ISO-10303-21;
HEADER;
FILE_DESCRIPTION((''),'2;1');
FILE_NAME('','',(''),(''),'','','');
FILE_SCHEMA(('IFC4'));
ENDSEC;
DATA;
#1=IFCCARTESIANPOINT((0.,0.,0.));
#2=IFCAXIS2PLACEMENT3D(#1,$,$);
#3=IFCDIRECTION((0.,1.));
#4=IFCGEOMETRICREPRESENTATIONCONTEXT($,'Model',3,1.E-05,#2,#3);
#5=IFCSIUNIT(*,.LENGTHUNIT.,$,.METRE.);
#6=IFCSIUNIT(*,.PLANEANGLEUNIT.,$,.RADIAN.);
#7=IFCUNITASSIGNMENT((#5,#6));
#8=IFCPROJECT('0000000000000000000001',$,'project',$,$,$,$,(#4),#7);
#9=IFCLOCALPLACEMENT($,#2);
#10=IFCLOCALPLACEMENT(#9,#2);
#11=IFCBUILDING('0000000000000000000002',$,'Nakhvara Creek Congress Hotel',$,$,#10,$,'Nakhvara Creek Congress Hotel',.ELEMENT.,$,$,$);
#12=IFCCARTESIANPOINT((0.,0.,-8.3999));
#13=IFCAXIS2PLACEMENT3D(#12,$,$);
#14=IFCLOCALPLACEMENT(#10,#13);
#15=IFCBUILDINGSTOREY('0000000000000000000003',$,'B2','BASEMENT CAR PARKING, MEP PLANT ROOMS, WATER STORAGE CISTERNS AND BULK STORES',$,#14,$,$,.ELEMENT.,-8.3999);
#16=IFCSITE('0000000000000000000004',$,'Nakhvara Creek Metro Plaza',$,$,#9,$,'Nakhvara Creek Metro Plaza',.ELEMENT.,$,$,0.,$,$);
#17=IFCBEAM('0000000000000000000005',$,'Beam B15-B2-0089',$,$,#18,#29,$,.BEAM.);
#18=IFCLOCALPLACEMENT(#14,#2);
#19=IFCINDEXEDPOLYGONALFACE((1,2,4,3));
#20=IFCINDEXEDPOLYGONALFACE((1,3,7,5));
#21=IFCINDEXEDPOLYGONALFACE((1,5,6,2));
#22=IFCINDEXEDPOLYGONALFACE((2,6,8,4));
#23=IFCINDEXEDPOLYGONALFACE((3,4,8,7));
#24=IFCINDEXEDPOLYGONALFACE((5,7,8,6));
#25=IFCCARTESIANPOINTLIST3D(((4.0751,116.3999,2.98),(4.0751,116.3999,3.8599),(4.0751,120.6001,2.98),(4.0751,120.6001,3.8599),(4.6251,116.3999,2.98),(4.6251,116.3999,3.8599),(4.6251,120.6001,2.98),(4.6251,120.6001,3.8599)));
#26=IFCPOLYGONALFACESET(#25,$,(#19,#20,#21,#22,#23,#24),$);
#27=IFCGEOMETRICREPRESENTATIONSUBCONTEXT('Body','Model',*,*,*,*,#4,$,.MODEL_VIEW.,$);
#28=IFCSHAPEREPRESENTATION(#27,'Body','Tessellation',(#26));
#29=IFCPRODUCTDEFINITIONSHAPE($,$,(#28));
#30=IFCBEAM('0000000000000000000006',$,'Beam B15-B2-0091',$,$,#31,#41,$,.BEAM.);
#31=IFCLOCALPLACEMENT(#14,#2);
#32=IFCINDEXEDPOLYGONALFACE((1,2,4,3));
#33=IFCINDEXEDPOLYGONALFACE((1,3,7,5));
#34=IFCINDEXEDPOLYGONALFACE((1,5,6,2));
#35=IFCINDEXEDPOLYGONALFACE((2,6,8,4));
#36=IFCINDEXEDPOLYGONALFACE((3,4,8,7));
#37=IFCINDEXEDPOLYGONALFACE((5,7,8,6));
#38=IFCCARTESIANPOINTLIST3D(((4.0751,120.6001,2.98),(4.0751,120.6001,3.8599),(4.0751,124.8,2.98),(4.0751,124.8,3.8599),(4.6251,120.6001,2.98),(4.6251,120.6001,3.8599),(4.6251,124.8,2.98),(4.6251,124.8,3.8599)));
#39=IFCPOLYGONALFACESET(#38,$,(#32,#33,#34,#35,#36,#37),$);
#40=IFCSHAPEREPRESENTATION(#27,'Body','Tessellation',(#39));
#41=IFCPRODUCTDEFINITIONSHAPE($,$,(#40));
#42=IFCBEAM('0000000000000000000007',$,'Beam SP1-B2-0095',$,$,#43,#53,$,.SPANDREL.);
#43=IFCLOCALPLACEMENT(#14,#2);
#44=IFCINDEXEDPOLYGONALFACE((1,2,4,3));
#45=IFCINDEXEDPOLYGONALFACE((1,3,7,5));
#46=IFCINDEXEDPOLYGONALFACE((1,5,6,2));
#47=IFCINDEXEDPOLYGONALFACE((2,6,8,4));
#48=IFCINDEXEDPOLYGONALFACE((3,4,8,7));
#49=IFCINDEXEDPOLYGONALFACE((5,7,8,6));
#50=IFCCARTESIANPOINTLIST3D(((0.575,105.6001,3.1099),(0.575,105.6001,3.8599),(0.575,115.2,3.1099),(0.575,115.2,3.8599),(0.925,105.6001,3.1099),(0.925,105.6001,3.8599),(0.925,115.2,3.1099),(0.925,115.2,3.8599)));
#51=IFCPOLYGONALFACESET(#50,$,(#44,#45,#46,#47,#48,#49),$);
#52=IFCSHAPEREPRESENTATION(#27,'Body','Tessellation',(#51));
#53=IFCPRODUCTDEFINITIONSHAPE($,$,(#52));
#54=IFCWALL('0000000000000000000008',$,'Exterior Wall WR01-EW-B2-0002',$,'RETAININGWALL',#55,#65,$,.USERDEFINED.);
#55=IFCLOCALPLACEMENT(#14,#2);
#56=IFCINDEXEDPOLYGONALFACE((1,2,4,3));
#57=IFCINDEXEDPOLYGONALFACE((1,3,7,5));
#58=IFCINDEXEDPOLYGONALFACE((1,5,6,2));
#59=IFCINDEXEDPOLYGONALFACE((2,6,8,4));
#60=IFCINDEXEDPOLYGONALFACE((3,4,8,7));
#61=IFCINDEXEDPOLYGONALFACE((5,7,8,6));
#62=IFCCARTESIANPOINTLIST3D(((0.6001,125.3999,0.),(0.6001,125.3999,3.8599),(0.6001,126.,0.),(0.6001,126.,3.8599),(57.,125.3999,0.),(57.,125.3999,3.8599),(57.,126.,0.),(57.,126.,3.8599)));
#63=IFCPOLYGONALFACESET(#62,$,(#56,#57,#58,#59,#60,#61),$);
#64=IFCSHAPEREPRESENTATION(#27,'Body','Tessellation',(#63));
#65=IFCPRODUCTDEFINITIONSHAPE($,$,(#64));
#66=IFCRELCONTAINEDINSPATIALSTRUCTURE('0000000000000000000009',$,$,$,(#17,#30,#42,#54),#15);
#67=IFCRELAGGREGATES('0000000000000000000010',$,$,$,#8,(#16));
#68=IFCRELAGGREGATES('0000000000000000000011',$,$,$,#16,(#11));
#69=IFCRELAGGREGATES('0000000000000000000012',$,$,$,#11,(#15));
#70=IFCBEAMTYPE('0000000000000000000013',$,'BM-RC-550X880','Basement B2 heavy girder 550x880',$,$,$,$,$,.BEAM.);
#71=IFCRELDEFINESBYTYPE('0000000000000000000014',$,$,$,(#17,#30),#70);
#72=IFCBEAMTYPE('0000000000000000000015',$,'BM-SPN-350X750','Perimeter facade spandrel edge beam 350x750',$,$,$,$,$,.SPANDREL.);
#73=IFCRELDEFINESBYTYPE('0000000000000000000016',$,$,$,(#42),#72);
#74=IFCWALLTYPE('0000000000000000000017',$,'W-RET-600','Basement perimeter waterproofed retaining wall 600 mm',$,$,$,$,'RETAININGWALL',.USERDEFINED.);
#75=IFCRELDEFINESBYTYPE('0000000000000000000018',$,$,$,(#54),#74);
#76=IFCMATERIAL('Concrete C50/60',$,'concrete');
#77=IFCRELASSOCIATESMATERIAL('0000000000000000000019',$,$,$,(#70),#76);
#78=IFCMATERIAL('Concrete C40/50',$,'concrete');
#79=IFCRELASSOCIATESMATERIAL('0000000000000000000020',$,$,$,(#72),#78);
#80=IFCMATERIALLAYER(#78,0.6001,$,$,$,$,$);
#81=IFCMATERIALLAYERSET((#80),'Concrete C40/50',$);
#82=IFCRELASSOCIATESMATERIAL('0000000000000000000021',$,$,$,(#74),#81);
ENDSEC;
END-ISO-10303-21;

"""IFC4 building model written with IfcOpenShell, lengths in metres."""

from ifc_helpers import new_model, si_unit, direction, frame, frame_2d, origin, origin_2d, place, context, subcontext, project, spatial, rectangle, extrude, material, layer, layer_set, material_profile, profile_set, type_object, element, save


model = new_model("IFC4")

# Units and contexts
model_context = context("Model", 3, precision=1e-05, world=origin(), true_north=direction((0.0, 1.0)))
body_context = subcontext(model_context, "Body", "Model", "MODEL_VIEW")
ifc_project = project(units=[si_unit("LENGTHUNIT", "METRE"), si_unit("PLANEANGLEUNIT", "RADIAN")], contexts=[model_context])

# Site, building, storey
site_placement = place(None, origin())
site = spatial("IfcSite", under=ifc_project, at=site_placement, Name="Nakhvara Creek Metro Plaza", LongName="Nakhvara Creek Metro Plaza", CompositionType="ELEMENT", RefElevation=0.0)
building_placement = place(site_placement, origin())
building = spatial("IfcBuilding", under=site, at=building_placement, Name="Nakhvara Creek Congress Hotel", LongName="Nakhvara Creek Congress Hotel", CompositionType="ELEMENT")
storey_placement = place(building_placement, frame((0.0, 0.0, -8.3999)))
storey = spatial("IfcBuildingStorey", under=building, at=storey_placement, Name="B2", Description="BASEMENT CAR PARKING, MEP PLANT ROOMS, WATER STORAGE CISTERNS AND BULK STORES", CompositionType="ELEMENT", Elevation=-8.3999)

# Shared definitions
ifc_material_1 = material(Name="Concrete C40/50", Category="concrete")

# Shared definitions
ifc_material_2 = material(Name="Concrete C50/60", Category="concrete")

# Beams
ifc_material_profile_1 = material_profile(ifc_material_2, rectangle(XDim=0.55, YDim=0.8799, at=origin_2d()), Name="RC-BM 550x880", Category="LoadBearing")
ifc_profile_set_1 = profile_set([ifc_material_profile_1], Name="Concrete C50/60")
beam_type_1 = type_object("IfcBeamType", Name="BM-RC-550X880", Description="Basement B2 heavy girder 550x880", PredefinedType="BEAM", material=ifc_profile_set_1)
beam_1_placement = place(storey_placement, frame((4.3501, 116.3999, 3.4199), z_axis=(0.0, 1.0, 0.0), x_axis=(-1.0, 0.0, 0.0)))
element("IfcBeam", 1, at=beam_1_placement, inside=storey, type_object=beam_type_1, Name="Beam B15-B2-0089", PredefinedType="BEAM", context=body_context, shape_type="SweptSolid", body=[
    extrude(rectangle(XDim=0.55, YDim=0.8799, at=origin_2d()), origin(), (0.0, 0.0, 1.0), 4.2002),
])
beam_2_placement = place(storey_placement, frame((4.3501, 120.6001, 3.4199), z_axis=(0.0, 1.0, 0.0), x_axis=(-1.0, 0.0, 0.0)))
element("IfcBeam", 2, at=beam_2_placement, inside=storey, type_object=beam_type_1, Name="Beam B15-B2-0091", PredefinedType="BEAM", context=body_context, shape_type="SweptSolid", body=[
    extrude(rectangle(XDim=0.55, YDim=0.8799, at=origin_2d()), origin(), (0.0, 0.0, 1.0), 4.2),
])
ifc_material_profile_2 = material_profile(ifc_material_1, rectangle(XDim=0.3501, YDim=0.75, at=origin_2d()), Name="RC-SPANDREL 350x750", Category="LoadBearing")
ifc_profile_set_2 = profile_set([ifc_material_profile_2], Name="Concrete C40/50")
beam_type_2 = type_object("IfcBeamType", Name="BM-SPN-350X750", Description="Perimeter facade spandrel edge beam 350x750", PredefinedType="SPANDREL", material=ifc_profile_set_2)
beam_3_placement = place(storey_placement, frame((0.75, 105.6001, 3.4849), z_axis=(0.0, 1.0, 0.0), x_axis=(-1.0, 0.0, 0.0)))
element("IfcBeam", 3, at=beam_3_placement, inside=storey, type_object=beam_type_2, Name="Beam SP1-B2-0095", PredefinedType="SPANDREL", context=body_context, shape_type="SweptSolid", body=[
    extrude(rectangle(XDim=0.3501, YDim=0.75, at=origin_2d()), origin(), (0.0, 0.0, 1.0), 9.5999),
])

# Wall
ifc_layer = layer(ifc_material_1, 0.6001)
ifc_layer_set = layer_set([ifc_layer], Name="Concrete C40/50")
wall_type = type_object("IfcWallType", Name="W-RET-600", Description="Basement perimeter waterproofed retaining wall 600 mm", ElementType="RETAININGWALL", PredefinedType="USERDEFINED", material=ifc_layer_set)
wall_placement = place(storey_placement, frame((0.6001, 125.7, 0.0), z_axis=(0.0, 0.0, 1.0), x_axis=(1.0, 0.0, 0.0)))
element("IfcWall", 4, at=wall_placement, inside=storey, type_object=wall_type, Name="Exterior Wall WR01-EW-B2-0002", ObjectType="RETAININGWALL", PredefinedType="USERDEFINED", context=body_context, shape_type="SweptSolid", body=[
    extrude(rectangle(XDim=56.3999, YDim=0.6001, at=frame_2d((28.2, 0.0))), origin(), (0.0, 0.0, 1.0), 3.8599),
])

save(model, "model.ifc")
